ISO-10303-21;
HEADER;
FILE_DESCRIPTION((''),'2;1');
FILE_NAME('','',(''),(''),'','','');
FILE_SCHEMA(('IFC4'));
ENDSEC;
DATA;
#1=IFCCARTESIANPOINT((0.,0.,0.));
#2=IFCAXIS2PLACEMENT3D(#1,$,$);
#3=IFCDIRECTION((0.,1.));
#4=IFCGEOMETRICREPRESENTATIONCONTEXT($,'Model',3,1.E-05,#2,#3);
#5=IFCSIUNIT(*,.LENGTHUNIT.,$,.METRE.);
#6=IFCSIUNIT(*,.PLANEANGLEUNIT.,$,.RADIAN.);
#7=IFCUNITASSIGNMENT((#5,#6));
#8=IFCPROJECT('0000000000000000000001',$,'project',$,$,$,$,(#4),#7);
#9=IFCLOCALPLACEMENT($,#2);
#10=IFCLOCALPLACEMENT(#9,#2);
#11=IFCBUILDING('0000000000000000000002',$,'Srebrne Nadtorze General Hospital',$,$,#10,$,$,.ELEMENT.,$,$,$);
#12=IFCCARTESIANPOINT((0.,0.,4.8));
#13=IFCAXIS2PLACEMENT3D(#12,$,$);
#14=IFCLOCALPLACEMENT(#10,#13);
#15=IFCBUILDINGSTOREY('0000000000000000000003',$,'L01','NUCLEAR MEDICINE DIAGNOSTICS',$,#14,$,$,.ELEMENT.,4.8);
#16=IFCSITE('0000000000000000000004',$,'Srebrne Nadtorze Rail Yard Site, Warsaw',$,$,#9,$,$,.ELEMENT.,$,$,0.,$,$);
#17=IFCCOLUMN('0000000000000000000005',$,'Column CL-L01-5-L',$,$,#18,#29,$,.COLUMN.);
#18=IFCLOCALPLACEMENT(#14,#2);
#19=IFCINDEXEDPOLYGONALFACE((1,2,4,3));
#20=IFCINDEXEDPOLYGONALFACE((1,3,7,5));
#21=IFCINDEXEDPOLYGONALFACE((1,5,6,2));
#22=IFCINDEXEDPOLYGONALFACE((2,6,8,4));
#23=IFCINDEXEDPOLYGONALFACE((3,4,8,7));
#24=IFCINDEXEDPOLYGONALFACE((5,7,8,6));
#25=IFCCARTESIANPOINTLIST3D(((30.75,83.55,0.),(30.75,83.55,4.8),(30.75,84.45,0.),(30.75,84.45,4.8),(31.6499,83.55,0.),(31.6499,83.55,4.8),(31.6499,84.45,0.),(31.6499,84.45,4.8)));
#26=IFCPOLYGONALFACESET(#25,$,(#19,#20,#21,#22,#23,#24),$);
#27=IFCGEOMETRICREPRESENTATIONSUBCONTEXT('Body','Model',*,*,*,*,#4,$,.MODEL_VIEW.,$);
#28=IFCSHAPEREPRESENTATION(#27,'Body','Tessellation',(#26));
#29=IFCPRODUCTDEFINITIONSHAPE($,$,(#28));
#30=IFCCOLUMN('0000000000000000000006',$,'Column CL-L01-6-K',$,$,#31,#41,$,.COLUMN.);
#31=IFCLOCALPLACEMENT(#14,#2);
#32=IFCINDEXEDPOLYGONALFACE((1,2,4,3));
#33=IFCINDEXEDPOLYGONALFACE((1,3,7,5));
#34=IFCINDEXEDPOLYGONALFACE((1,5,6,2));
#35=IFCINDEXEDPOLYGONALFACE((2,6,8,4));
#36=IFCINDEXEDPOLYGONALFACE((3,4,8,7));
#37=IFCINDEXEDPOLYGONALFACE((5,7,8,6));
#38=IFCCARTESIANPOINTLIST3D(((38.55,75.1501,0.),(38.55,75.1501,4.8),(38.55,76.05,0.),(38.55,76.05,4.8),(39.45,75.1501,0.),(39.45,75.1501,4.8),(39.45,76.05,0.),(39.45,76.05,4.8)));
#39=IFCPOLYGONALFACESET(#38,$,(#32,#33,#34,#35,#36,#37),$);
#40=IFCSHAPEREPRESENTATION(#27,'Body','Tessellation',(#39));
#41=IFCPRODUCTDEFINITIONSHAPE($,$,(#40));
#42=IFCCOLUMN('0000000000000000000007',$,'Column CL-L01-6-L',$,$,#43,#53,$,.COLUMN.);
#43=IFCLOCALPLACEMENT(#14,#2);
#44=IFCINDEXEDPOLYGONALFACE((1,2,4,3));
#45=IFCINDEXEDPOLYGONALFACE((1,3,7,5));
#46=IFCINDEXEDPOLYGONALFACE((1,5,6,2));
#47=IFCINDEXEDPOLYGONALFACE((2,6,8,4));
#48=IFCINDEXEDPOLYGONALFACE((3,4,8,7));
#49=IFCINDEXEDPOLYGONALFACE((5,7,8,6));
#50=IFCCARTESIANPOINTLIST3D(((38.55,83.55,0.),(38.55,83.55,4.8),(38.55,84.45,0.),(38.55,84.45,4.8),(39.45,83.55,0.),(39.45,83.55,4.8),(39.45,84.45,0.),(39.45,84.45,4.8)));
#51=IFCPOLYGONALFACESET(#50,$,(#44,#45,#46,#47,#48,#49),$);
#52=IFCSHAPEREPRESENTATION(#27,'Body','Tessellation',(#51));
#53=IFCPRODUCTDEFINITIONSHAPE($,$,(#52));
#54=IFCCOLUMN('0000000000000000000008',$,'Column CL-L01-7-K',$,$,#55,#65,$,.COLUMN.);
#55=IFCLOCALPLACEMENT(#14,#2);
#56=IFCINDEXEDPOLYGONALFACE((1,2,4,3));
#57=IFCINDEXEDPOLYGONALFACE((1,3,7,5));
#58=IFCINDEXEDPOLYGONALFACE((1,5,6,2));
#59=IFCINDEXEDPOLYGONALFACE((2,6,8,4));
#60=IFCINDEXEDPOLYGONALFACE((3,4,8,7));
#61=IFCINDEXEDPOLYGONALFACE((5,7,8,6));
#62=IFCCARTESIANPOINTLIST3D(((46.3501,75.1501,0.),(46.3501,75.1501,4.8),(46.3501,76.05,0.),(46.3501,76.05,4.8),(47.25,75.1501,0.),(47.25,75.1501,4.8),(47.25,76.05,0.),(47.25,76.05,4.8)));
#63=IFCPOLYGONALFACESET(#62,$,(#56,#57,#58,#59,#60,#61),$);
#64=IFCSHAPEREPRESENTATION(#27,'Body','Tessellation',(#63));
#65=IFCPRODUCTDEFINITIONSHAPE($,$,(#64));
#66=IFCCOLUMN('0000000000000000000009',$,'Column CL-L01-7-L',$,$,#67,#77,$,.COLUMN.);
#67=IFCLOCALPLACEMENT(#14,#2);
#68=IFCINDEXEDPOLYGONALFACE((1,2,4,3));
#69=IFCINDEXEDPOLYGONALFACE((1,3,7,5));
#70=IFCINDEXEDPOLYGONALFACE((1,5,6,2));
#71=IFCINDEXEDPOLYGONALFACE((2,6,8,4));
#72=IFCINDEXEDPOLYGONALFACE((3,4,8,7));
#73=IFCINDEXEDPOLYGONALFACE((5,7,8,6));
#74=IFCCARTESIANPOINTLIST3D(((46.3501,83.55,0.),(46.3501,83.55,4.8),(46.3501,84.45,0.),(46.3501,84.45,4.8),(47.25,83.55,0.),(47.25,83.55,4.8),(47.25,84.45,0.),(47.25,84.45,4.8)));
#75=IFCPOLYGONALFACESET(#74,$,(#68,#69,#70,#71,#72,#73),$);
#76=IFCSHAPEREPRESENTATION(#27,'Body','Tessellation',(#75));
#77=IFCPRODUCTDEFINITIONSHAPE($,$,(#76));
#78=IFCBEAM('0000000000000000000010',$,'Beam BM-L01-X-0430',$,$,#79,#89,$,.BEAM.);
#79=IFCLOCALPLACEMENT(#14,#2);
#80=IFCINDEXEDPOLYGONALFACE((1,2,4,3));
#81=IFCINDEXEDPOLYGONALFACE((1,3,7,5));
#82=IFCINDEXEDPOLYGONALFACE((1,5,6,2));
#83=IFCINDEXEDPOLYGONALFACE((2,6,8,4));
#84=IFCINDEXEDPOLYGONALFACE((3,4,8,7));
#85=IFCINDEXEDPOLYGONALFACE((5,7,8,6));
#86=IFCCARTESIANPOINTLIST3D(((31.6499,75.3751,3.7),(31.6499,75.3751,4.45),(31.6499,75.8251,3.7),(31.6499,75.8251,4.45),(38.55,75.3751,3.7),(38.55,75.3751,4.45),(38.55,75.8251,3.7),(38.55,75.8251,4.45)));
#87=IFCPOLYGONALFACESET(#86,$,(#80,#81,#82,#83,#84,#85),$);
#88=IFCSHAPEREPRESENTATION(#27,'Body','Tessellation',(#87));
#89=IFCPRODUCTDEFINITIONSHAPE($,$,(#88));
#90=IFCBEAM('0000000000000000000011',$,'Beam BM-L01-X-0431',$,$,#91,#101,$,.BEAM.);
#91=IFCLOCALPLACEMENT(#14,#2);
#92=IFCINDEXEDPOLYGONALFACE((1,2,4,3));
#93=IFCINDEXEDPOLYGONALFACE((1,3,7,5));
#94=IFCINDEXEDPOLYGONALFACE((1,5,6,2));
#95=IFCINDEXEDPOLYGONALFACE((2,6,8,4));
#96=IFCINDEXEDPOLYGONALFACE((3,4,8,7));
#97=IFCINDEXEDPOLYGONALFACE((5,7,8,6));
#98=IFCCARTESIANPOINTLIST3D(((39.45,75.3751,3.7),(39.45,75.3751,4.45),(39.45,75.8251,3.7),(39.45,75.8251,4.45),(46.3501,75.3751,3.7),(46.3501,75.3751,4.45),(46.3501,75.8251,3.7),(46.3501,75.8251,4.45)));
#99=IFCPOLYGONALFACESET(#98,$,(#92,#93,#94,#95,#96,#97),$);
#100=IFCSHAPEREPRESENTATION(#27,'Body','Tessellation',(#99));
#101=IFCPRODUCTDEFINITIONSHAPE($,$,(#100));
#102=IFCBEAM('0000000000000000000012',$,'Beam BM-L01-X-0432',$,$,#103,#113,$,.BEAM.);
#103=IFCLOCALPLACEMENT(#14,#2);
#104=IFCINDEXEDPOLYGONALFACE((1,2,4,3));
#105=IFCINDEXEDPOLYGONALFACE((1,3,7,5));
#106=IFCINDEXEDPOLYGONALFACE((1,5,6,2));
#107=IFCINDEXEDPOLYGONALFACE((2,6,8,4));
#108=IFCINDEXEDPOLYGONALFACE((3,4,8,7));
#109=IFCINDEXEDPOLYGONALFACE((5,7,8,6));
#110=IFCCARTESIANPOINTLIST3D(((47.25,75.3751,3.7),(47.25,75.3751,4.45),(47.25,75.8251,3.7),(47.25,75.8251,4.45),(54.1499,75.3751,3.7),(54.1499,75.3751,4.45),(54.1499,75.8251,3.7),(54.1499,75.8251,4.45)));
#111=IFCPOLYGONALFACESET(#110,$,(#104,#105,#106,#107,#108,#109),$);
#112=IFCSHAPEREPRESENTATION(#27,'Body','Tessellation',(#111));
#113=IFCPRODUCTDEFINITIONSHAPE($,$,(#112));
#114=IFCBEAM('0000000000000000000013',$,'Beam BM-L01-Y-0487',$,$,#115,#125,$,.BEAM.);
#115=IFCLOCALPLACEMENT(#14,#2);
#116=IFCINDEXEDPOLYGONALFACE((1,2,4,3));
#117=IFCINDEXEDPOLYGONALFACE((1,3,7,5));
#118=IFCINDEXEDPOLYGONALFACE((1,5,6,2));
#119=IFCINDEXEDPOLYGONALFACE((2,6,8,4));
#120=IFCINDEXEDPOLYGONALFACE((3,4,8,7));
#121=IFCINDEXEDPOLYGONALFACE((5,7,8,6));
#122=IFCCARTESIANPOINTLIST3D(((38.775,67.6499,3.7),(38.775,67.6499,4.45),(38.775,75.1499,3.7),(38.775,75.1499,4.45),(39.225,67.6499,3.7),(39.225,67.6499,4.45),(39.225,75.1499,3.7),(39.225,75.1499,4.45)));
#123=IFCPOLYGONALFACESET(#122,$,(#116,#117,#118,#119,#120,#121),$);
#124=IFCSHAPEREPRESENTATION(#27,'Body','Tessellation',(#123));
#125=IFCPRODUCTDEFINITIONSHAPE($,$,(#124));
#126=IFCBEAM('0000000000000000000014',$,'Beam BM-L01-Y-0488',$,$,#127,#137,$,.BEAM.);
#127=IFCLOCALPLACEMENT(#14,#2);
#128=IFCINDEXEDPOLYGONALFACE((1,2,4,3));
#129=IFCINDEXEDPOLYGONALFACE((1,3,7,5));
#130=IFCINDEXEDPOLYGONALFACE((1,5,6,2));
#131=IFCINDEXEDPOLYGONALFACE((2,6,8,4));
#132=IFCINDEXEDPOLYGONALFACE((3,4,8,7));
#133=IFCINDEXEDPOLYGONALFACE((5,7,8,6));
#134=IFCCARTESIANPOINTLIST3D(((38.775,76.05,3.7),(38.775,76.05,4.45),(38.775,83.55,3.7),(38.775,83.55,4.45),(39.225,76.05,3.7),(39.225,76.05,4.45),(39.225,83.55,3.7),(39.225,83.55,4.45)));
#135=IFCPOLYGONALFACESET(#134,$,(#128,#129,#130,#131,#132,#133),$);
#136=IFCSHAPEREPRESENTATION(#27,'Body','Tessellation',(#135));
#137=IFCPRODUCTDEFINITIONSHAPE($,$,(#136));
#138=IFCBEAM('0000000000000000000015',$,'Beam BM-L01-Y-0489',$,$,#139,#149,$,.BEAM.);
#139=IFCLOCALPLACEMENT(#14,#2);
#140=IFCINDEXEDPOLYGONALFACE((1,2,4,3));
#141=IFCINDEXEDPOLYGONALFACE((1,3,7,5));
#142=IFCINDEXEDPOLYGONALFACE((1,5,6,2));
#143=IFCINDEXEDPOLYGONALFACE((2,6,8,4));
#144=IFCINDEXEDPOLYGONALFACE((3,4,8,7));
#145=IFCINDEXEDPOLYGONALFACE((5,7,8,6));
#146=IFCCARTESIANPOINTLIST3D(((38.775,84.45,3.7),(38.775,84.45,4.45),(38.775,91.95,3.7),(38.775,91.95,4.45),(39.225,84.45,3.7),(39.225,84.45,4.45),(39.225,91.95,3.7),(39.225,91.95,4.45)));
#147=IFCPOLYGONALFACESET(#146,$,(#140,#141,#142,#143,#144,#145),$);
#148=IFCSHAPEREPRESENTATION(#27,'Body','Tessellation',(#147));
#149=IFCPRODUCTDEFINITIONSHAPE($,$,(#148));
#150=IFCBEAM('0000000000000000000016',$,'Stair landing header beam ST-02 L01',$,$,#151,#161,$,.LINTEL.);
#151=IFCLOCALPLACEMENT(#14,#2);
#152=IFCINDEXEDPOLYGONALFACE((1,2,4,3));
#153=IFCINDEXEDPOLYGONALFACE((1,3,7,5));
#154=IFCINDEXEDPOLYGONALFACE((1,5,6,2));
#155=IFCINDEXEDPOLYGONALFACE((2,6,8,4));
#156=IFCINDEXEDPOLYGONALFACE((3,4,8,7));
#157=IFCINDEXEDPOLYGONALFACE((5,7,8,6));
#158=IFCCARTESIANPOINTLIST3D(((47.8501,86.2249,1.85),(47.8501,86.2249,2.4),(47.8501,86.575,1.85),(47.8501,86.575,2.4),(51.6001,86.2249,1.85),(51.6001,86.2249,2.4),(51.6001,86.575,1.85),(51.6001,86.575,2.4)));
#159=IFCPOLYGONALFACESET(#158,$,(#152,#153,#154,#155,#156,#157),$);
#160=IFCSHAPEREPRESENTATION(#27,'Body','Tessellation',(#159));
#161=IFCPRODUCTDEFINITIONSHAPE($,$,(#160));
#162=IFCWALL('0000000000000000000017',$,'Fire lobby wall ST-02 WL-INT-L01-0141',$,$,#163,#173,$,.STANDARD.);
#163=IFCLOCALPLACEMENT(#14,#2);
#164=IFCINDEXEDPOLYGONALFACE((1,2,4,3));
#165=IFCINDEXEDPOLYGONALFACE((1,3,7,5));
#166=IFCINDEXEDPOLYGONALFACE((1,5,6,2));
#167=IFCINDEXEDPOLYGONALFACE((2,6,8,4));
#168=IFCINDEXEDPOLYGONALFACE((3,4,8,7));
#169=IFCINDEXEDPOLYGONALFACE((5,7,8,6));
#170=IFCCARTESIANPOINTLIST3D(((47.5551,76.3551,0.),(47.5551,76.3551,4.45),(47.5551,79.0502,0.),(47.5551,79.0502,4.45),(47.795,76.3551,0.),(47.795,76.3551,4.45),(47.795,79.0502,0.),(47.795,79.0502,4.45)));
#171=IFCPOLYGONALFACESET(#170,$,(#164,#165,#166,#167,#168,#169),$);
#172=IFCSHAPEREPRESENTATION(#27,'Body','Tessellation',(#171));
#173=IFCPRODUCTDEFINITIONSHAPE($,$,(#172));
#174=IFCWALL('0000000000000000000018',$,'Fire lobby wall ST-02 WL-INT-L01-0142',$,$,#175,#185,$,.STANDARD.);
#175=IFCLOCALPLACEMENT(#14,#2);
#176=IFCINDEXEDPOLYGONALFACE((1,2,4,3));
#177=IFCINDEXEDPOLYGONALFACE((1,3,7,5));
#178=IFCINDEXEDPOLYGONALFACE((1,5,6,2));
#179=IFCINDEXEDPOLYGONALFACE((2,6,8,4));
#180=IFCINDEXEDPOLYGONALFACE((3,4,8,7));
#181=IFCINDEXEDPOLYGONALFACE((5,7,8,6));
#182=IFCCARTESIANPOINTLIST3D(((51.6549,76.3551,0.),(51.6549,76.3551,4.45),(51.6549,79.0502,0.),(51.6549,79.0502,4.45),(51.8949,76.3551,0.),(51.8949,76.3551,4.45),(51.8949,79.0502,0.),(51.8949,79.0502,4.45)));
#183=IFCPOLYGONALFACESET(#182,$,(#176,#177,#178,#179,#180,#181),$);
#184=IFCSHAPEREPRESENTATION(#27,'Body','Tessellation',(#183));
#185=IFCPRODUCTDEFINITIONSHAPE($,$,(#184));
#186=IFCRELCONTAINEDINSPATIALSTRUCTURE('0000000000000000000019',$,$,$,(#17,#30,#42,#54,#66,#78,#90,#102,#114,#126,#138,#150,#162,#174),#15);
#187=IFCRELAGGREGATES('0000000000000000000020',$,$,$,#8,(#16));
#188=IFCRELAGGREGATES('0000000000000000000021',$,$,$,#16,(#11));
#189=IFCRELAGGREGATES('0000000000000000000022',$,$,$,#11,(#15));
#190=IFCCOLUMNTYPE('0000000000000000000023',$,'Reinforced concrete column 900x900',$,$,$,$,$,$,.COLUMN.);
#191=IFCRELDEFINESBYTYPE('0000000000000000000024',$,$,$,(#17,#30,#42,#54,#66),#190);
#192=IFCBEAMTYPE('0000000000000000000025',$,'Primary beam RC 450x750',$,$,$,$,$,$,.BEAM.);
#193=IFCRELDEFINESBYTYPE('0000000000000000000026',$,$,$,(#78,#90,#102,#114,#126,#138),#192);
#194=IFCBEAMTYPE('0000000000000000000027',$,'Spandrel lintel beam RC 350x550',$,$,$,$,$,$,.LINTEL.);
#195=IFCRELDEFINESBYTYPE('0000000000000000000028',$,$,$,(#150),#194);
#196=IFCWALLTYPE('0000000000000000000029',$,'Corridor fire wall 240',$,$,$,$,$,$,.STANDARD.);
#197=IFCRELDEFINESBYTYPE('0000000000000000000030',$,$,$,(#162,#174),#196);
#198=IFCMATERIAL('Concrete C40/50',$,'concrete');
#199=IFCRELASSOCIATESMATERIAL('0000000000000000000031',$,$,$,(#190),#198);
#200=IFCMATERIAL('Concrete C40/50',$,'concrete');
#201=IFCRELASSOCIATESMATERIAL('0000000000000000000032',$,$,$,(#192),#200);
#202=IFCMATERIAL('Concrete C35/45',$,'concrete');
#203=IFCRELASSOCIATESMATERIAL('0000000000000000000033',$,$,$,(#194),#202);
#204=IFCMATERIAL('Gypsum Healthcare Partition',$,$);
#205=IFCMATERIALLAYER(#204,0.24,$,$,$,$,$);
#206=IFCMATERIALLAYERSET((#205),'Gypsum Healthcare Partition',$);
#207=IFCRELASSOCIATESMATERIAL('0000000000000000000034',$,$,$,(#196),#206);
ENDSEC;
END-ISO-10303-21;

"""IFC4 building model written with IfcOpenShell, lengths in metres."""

from ifc_helpers import new_model, si_unit, direction, frame, frame_2d, origin, origin_2d, place, context, subcontext, project, spatial, rectangle, extrude, material, layer, layer_set, material_profile, profile_set, type_object, element, save


model = new_model("IFC4")

# Units and contexts
model_context = context("Model", 3, precision=1e-05, world=origin(), true_north=direction((0.0, 1.0)))
body_context = subcontext(model_context, "Body", "Model", "MODEL_VIEW")
ifc_project = project(units=[si_unit("LENGTHUNIT", "METRE"), si_unit("PLANEANGLEUNIT", "RADIAN")], contexts=[model_context])

# Site, building, storey
site_placement = place(None, origin())
site = spatial("IfcSite", under=ifc_project, at=site_placement, Name="Srebrne Nadtorze Rail Yard Site, Warsaw", CompositionType="ELEMENT", RefElevation=0.0)
building_placement = place(site_placement, origin())
building = spatial("IfcBuilding", under=site, at=building_placement, Name="Srebrne Nadtorze General Hospital", CompositionType="ELEMENT")
storey_placement = place(building_placement, frame((0.0, 0.0, 4.8)))
storey = spatial("IfcBuildingStorey", under=building, at=storey_placement, Name="L01", Description="NUCLEAR MEDICINE DIAGNOSTICS", CompositionType="ELEMENT", Elevation=4.8)

# Columns
ifc_material_1 = material(Name="Concrete C40/50", Category="concrete")
ifc_material_profile_1 = material_profile(ifc_material_1, rectangle(XDim=0.8999, YDim=0.8999, at=origin_2d()), Name="RC-COL-900x900")
ifc_profile_set_1 = profile_set([ifc_material_profile_1], Name="Concrete C40/50")
column_type = type_object("IfcColumnType", Name="Reinforced concrete column 900x900", PredefinedType="COLUMN", material=ifc_profile_set_1)
for number, where, z_axis, x_axis, name in (
    (1, (31.2, 84.0, 0.0), (0.0, 0.0, 1.0), (1.0, 0.0, 0.0), "Column CL-L01-5-L"),
    (2, (39.0, 75.6001, 0.0), (0.0, 0.0, 1.0), (1.0, 0.0, 0.0), "Column CL-L01-6-K"),
    (3, (39.0, 84.0, 0.0), (0.0, 0.0, 1.0), (1.0, 0.0, 0.0), "Column CL-L01-6-L"),
    (4, (46.8, 75.6001, 0.0), (0.0, 0.0, 1.0), (1.0, 0.0, 0.0), "Column CL-L01-7-K"),
    (5, (46.8, 84.0, 0.0), (0.0, 0.0, 1.0), (1.0, 0.0, 0.0), "Column CL-L01-7-L"),
):
    element("IfcColumn", number, at=place(storey_placement, frame(where, z_axis=z_axis, x_axis=x_axis)), inside=storey, type_object=column_type, Name=name, PredefinedType="COLUMN", context=body_context, shape_type="SweptSolid", body=[
        extrude(rectangle(XDim=0.8999, YDim=0.8999, at=origin_2d()), origin(), (0.0, 0.0, 1.0), 4.8),
    ])

# Beams
ifc_material_2 = material(Name="Concrete C40/50", Category="concrete")
ifc_material_profile_2 = material_profile(ifc_material_2, rectangle(XDim=0.45, YDim=0.75, at=origin_2d()), Name="RC-BM-450x750")
ifc_profile_set_2 = profile_set([ifc_material_profile_2], Name="Concrete C40/50")
beam_type_1 = type_object("IfcBeamType", Name="Primary beam RC 450x750", PredefinedType="BEAM", material=ifc_profile_set_2)
for number, where, z_axis, x_axis, name in (
    (6, (31.6499, 75.6001, 4.075), (1.0, 0.0, 0.0), (0.0, 1.0, 0.0), "Beam BM-L01-X-0430"),
    (7, (39.45, 75.6001, 4.075), (1.0, 0.0, 0.0), (0.0, 1.0, 0.0), "Beam BM-L01-X-0431"),
):
    element("IfcBeam", number, at=place(storey_placement, frame(where, z_axis=z_axis, x_axis=x_axis)), inside=storey, type_object=beam_type_1, Name=name, PredefinedType="BEAM", context=body_context, shape_type="SweptSolid", body=[
        extrude(rectangle(XDim=0.45, YDim=0.75, at=origin_2d()), origin(), (0.0, 0.0, 1.0), 6.9001),
    ])
beam_1_placement = place(storey_placement, frame((47.25, 75.6001, 4.075), z_axis=(1.0, 0.0, 0.0), x_axis=(0.0, 1.0, 0.0)))
element("IfcBeam", 8, at=beam_1_placement, inside=storey, type_object=beam_type_1, Name="Beam BM-L01-X-0432", PredefinedType="BEAM", context=body_context, shape_type="SweptSolid", body=[
    extrude(rectangle(XDim=0.45, YDim=0.75, at=origin_2d()), origin(), (0.0, 0.0, 1.0), 6.8999),
])
for number, where, z_axis, x_axis, name in (
    (9, (39.0, 67.6499, 4.075), (0.0, 1.0, 0.0), (-1.0, 0.0, 0.0), "Beam BM-L01-Y-0487"),
    (10, (39.0, 76.05, 4.075), (0.0, 1.0, 0.0), (-1.0, 0.0, 0.0), "Beam BM-L01-Y-0488"),
    (11, (39.0, 84.45, 4.075), (0.0, 1.0, 0.0), (-1.0, 0.0, 0.0), "Beam BM-L01-Y-0489"),
):
    element("IfcBeam", number, at=place(storey_placement, frame(where, z_axis=z_axis, x_axis=x_axis)), inside=storey, type_object=beam_type_1, Name=name, PredefinedType="BEAM", context=body_context, shape_type="SweptSolid", body=[
        extrude(rectangle(XDim=0.45, YDim=0.75, at=origin_2d()), origin(), (0.0, 0.0, 1.0), 7.5),
    ])
ifc_material_3 = material(Name="Concrete C35/45", Category="concrete")
ifc_material_profile_3 = material_profile(ifc_material_3, rectangle(XDim=0.3501, YDim=0.55, at=origin_2d()), Name="RC-BM-350x550")
ifc_profile_set_3 = profile_set([ifc_material_profile_3], Name="Concrete C35/45")
beam_type_2 = type_object("IfcBeamType", Name="Spandrel lintel beam RC 350x550", PredefinedType="LINTEL", material=ifc_profile_set_3)
beam_2_placement = place(storey_placement, frame((47.8501, 86.3999, 2.125), z_axis=(1.0, 0.0, 0.0), x_axis=(0.0, 1.0, 0.0)))
element("IfcBeam", 12, at=beam_2_placement, inside=storey, type_object=beam_type_2, Name="Stair landing header beam ST-02 L01", PredefinedType="LINTEL", context=body_context, shape_type="SweptSolid", body=[
    extrude(rectangle(XDim=0.3501, YDim=0.55, at=origin_2d()), origin(), (0.0, 0.0, 1.0), 3.75),
])

# Walls
ifc_material_4 = material(Name="Gypsum Healthcare Partition")
ifc_layer_1 = layer(ifc_material_4, 0.24)
ifc_layer_set_1 = layer_set([ifc_layer_1], Name="Gypsum Healthcare Partition")
wall_type_1 = type_object("IfcWallType", Name="Corridor fire wall 240", PredefinedType="STANDARD", material=ifc_layer_set_1)
for number, where, z_axis, x_axis, name in (
    (13, (47.675, 76.355, 0.0), (0.0, 0.0, 1.0), (0.0, 1.0, 0.0), "Fire lobby wall ST-02 WL-INT-L01-0141"),
    (14, (51.7749, 76.355, 0.0), (0.0, 0.0, 1.0), (0.0, 1.0, 0.0), "Fire lobby wall ST-02 WL-INT-L01-0142"),
):
    element("IfcWall", number, at=place(storey_placement, frame(where, z_axis=z_axis, x_axis=x_axis)), inside=storey, type_object=wall_type_1, Name=name, PredefinedType="STANDARD", context=body_context, shape_type="SweptSolid", body=[
        extrude(rectangle(XDim=2.6951, YDim=0.24, at=frame_2d((1.3477, 0.0))), origin(), (0.0, 0.0, 1.0), 4.45),
    ])

save(model, "model.ifc")
